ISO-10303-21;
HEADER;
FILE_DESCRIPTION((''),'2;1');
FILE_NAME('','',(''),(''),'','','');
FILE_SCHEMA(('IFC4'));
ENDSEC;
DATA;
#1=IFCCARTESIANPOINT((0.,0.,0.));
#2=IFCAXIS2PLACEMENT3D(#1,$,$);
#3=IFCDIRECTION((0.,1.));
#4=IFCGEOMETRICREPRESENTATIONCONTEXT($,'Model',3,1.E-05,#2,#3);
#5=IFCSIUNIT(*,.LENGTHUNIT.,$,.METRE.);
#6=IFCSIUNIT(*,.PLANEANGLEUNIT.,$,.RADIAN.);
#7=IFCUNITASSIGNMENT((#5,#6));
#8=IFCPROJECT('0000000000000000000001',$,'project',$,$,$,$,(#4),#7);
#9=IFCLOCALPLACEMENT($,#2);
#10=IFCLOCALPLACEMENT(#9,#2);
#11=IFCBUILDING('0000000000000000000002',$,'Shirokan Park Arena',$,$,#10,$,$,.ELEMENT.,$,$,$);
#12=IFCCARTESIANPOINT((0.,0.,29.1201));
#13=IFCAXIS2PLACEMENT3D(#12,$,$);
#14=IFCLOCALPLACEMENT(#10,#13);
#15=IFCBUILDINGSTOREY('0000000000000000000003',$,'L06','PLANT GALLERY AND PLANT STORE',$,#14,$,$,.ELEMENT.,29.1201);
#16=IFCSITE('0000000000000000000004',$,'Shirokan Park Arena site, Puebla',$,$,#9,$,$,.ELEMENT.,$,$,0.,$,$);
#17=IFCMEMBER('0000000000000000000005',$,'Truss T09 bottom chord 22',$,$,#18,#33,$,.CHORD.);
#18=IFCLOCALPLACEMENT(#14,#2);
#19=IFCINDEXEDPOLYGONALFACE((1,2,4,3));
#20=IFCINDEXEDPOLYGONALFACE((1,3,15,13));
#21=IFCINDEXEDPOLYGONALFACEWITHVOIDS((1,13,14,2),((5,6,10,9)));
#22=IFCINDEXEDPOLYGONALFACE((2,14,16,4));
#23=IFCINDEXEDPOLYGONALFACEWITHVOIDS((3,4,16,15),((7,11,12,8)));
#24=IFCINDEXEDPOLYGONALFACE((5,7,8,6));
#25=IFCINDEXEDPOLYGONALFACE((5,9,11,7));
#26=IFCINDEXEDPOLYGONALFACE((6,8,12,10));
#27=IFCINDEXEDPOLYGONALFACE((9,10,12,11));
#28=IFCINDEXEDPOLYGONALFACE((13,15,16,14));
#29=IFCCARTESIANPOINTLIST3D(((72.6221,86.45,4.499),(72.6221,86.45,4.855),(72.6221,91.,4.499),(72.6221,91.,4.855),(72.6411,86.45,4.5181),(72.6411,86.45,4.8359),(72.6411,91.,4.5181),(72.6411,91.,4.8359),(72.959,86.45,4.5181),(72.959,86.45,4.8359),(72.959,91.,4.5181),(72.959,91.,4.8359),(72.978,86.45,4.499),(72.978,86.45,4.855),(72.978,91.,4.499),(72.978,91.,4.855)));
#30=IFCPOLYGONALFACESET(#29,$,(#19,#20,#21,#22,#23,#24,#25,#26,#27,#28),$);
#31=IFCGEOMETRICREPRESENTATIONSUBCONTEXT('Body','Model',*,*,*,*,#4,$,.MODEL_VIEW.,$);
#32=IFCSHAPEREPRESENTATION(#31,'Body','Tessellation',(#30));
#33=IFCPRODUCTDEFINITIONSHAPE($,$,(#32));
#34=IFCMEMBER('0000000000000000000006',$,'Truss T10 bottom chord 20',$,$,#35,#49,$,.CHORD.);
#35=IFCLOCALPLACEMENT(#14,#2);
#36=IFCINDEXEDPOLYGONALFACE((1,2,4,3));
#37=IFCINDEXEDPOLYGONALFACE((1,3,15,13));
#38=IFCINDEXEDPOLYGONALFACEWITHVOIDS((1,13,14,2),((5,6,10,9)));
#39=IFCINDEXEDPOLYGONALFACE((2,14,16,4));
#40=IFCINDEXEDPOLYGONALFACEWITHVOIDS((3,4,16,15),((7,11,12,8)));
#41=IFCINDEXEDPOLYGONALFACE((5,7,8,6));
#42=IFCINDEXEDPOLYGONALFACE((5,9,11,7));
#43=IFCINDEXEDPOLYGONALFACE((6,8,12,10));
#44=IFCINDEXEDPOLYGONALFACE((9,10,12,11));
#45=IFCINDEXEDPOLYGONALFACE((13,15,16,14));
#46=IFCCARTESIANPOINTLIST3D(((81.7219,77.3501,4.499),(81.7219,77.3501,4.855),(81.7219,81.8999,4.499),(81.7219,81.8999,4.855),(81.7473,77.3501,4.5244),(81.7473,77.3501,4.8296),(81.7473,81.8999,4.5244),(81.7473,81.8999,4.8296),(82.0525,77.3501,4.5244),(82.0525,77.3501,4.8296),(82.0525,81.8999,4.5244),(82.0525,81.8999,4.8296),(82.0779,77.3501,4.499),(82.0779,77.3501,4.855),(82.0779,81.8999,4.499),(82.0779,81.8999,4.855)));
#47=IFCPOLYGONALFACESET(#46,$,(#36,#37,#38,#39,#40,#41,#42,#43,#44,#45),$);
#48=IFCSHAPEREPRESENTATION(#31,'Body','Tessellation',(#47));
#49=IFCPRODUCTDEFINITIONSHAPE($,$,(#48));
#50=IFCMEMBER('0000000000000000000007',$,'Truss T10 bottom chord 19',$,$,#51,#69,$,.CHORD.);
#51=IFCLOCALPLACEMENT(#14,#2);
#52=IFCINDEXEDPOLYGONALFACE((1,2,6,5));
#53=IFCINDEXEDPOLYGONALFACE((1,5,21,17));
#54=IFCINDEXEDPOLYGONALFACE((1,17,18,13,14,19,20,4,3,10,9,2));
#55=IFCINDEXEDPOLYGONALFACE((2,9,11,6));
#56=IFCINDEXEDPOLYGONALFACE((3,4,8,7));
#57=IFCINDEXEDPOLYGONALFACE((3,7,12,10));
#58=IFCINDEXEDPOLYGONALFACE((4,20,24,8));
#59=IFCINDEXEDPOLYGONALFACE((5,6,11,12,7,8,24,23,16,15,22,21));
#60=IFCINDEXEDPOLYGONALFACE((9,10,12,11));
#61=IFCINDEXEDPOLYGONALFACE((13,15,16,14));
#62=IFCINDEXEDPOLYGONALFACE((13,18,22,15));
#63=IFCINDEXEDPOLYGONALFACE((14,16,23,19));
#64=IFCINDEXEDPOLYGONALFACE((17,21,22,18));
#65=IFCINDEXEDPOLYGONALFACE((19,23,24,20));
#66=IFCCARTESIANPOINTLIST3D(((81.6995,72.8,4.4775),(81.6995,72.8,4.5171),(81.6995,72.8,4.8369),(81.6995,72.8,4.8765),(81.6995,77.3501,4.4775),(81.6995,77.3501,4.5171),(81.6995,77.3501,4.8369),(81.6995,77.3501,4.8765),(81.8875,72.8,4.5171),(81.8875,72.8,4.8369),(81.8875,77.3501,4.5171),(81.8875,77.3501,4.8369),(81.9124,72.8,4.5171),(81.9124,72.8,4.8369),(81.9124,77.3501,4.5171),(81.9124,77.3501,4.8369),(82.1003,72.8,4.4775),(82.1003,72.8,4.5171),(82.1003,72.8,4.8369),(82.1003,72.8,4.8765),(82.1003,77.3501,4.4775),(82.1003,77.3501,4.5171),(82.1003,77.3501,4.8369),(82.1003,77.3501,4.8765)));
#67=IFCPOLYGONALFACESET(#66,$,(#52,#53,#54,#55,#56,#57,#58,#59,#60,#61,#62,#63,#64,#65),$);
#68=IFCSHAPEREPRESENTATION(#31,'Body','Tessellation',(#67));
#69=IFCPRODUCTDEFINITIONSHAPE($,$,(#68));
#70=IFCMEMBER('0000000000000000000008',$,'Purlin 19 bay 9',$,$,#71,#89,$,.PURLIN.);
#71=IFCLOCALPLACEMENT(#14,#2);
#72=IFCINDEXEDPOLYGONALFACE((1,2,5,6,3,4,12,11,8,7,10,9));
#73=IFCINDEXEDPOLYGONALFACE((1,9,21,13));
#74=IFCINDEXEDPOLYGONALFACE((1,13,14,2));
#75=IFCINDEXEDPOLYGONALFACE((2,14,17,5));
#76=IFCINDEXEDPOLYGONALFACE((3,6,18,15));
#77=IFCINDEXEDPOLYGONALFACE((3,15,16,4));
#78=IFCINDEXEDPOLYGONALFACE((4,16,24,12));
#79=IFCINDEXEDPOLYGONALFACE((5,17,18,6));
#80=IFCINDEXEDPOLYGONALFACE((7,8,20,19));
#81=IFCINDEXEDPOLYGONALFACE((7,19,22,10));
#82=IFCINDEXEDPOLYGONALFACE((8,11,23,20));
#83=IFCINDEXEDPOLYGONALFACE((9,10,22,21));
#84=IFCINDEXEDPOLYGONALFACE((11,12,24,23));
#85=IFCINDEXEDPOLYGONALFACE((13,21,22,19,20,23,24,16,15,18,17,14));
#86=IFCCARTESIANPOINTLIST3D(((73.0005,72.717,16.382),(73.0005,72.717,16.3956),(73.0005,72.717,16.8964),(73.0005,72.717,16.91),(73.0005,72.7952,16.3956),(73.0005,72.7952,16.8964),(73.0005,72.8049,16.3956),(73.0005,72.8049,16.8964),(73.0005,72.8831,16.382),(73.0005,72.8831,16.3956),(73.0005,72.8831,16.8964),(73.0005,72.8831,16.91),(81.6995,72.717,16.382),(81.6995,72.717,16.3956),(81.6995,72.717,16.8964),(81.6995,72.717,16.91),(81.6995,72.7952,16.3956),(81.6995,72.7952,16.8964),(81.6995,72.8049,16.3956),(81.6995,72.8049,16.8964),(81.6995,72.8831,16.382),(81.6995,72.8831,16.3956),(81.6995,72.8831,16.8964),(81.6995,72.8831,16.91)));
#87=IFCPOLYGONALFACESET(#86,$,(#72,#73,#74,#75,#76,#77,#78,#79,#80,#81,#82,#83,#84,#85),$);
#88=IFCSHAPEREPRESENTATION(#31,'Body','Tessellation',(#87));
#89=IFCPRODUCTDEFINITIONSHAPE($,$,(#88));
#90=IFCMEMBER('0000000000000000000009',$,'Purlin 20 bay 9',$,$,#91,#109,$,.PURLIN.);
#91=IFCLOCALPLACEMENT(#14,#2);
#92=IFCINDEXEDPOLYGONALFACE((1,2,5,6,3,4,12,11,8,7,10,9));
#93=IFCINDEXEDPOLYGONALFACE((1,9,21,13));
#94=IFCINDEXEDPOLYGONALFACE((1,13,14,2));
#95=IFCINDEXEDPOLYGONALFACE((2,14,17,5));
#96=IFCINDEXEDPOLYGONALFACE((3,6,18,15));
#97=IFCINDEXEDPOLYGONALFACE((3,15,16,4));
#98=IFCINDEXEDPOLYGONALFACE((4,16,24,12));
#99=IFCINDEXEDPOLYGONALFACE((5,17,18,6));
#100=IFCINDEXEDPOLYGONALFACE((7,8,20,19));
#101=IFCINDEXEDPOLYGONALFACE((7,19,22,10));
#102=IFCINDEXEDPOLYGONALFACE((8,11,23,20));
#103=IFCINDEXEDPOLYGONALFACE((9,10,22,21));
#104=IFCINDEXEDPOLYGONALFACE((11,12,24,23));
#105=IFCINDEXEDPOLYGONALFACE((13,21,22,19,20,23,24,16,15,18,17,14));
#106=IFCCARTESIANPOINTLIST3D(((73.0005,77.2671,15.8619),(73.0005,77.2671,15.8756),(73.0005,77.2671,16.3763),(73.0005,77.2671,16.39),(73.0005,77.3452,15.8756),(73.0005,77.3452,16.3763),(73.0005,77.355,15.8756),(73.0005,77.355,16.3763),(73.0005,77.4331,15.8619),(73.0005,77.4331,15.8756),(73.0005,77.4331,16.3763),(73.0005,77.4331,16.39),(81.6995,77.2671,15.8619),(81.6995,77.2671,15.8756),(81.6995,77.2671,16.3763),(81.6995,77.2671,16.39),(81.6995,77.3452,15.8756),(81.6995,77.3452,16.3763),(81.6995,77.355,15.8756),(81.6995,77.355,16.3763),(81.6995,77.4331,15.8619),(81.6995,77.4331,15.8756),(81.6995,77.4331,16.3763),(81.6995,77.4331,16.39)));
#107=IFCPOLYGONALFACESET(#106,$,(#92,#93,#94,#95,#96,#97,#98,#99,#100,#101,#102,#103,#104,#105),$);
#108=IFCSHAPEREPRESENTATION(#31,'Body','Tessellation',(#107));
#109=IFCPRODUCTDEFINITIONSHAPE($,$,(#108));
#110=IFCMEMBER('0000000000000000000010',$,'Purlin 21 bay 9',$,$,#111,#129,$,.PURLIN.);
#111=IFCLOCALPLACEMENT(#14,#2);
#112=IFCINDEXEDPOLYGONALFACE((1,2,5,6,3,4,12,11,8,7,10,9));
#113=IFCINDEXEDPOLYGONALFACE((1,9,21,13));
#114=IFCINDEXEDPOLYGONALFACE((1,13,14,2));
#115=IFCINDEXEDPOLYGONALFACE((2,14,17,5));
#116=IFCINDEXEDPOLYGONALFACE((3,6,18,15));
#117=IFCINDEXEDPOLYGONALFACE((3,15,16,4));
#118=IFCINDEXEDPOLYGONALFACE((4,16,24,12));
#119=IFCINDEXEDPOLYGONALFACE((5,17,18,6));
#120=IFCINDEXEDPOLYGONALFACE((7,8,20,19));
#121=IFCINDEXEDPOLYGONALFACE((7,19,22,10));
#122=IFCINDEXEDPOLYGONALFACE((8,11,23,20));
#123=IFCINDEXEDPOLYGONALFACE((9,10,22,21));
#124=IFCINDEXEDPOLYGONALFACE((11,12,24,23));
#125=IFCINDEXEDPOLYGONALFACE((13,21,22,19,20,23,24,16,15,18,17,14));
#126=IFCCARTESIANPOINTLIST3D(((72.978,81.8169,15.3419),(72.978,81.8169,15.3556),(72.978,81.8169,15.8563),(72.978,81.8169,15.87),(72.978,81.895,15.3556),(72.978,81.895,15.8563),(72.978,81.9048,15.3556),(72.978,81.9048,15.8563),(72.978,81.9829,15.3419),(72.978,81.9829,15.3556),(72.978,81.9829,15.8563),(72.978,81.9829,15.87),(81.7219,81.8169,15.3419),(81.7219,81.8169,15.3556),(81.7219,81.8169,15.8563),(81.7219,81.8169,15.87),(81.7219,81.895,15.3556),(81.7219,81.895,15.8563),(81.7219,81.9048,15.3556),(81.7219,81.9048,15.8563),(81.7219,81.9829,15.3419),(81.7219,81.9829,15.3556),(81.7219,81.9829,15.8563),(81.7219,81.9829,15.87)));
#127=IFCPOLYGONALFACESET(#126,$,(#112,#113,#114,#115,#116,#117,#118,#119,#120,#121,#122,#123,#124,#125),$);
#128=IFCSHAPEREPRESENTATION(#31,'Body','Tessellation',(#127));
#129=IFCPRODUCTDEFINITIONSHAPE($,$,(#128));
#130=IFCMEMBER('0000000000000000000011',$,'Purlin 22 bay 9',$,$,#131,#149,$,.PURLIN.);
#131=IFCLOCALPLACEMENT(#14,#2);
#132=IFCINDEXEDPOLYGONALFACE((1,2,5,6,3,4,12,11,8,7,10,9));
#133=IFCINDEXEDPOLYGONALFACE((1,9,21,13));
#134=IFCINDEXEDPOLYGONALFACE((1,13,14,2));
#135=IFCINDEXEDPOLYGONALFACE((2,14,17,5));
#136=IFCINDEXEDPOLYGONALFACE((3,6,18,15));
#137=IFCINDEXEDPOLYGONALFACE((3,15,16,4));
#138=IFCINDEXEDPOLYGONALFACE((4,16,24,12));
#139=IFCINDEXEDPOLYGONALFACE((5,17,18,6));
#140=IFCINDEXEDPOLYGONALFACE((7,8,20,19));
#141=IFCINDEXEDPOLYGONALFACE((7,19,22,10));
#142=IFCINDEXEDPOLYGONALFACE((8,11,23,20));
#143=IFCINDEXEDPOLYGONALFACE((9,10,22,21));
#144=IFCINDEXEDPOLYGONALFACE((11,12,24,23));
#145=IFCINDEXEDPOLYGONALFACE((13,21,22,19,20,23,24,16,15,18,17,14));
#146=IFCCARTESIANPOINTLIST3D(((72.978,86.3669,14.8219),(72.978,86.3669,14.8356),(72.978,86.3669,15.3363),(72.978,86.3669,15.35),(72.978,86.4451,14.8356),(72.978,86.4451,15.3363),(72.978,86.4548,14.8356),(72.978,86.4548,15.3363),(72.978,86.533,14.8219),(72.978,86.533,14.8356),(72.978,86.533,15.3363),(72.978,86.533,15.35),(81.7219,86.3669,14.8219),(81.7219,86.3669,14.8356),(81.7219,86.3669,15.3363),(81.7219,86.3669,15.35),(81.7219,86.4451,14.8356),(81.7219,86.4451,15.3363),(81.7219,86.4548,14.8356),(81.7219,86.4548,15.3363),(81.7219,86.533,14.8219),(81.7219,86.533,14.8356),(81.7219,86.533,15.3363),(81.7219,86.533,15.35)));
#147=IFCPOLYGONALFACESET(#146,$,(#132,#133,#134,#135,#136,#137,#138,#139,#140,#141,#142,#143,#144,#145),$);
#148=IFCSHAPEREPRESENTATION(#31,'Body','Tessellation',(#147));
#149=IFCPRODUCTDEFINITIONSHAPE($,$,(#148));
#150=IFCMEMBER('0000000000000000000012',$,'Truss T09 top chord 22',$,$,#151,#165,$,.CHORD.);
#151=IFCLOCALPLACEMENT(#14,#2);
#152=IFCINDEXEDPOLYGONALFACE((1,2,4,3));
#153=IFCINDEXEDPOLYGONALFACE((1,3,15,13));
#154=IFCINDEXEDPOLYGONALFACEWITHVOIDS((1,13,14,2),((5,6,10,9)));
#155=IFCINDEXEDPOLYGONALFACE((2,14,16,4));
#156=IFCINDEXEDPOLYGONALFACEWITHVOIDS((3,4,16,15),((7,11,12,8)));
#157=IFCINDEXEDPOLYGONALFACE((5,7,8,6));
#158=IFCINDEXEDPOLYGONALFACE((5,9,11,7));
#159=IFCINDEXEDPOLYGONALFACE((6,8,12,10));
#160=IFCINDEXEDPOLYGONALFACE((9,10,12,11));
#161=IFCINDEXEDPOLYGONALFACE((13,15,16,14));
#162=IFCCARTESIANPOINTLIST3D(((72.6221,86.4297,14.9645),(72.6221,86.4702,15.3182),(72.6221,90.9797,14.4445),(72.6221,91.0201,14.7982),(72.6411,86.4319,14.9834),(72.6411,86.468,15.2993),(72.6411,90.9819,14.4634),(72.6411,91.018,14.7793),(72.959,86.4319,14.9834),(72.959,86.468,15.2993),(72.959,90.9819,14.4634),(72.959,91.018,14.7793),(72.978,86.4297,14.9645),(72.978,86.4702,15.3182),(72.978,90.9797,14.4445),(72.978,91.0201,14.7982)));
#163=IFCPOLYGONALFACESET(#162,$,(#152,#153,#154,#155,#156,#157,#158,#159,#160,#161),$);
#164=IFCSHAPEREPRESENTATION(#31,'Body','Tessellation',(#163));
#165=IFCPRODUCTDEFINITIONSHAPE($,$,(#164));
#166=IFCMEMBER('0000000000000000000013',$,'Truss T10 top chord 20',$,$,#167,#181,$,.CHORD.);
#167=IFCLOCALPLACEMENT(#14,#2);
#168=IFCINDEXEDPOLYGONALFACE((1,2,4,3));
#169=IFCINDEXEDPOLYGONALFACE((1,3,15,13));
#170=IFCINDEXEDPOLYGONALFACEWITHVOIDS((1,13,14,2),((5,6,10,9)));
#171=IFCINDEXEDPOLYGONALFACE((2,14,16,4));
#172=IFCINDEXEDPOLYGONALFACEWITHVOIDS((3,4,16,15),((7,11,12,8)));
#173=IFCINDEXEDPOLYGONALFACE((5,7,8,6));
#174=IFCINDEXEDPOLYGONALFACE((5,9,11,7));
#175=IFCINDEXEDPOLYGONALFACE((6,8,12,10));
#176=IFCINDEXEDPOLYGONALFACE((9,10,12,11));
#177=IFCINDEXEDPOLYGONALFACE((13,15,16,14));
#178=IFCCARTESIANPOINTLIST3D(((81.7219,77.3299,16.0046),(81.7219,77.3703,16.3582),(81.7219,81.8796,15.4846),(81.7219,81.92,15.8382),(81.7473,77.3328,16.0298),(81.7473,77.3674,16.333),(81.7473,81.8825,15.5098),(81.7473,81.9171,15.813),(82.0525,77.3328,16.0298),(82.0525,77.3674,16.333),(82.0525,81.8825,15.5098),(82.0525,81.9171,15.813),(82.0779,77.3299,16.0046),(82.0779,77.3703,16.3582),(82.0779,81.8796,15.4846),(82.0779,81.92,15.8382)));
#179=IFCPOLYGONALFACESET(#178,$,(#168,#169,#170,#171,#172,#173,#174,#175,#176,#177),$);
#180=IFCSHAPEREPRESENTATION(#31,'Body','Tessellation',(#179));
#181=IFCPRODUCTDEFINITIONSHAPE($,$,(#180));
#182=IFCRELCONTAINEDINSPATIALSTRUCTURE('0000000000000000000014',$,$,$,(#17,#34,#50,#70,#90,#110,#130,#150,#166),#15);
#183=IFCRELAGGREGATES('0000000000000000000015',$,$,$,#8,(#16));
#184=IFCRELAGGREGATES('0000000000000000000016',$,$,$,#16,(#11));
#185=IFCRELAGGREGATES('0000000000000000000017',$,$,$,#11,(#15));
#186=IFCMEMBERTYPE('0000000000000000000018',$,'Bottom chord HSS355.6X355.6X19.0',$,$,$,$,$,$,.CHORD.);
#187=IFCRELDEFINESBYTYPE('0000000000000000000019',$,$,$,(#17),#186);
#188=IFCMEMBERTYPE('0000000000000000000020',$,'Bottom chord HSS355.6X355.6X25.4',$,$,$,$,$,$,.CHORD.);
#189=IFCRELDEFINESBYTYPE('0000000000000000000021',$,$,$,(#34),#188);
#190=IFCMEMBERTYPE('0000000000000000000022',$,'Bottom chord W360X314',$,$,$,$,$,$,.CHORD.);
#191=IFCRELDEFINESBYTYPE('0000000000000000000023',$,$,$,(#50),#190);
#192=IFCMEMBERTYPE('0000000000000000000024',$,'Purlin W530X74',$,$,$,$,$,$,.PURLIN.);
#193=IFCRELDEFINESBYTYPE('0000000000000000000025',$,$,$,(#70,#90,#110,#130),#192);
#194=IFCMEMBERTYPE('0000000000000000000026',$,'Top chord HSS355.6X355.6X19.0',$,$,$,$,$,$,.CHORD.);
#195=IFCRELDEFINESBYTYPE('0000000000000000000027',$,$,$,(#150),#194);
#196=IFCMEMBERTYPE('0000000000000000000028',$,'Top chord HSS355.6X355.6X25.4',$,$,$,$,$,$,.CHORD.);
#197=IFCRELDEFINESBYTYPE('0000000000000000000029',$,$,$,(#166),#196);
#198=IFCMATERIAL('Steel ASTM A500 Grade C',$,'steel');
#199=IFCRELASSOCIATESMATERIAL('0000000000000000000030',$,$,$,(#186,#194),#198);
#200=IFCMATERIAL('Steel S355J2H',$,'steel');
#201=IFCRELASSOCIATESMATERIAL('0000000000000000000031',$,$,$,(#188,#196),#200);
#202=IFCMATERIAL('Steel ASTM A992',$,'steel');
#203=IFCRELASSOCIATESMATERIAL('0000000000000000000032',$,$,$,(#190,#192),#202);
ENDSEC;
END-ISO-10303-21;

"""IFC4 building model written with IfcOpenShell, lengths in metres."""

from ifc_helpers import new_model, si_unit, direction, frame, origin, origin_2d, place, context, subcontext, project, spatial, hollow_rectangle, i_section, extrude, material, material_profile, profile_set, type_object, element, save


model = new_model("IFC4")

# Units and contexts
model_context = context("Model", 3, precision=1e-05, world=origin(), true_north=direction((0.0, 1.0)))
body_context = subcontext(model_context, "Body", "Model", "MODEL_VIEW")
ifc_project = project(units=[si_unit("LENGTHUNIT", "METRE"), si_unit("PLANEANGLEUNIT", "RADIAN")], contexts=[model_context])

# Site, building, storey
site_placement = place(None, origin())
site = spatial("IfcSite", under=ifc_project, at=site_placement, Name="Shirokan Park Arena site, Puebla", CompositionType="ELEMENT", RefElevation=0.0)
building_placement = place(site_placement, origin())
building = spatial("IfcBuilding", under=site, at=building_placement, Name="Shirokan Park Arena", CompositionType="ELEMENT")
storey_placement = place(building_placement, frame((0.0, 0.0, 29.1201)))
storey = spatial("IfcBuildingStorey", under=building, at=storey_placement, Name="L06", Description="PLANT GALLERY AND PLANT STORE", CompositionType="ELEMENT", Elevation=29.1201)

# Members
ifc_material_1 = material(Name="Steel ASTM A500 Grade C", Category="steel")
ifc_material_profile_1 = material_profile(ifc_material_1, hollow_rectangle(XDim=0.356, YDim=0.356, WallThickness=0.019, at=origin_2d()), Name="HSS355.6X355.6X19.0")
ifc_profile_set_1 = profile_set([ifc_material_profile_1], Name="Steel ASTM A500 Grade C")
member_type_1 = type_object("IfcMemberType", Name="Bottom chord HSS355.6X355.6X19.0", PredefinedType="CHORD", material=ifc_profile_set_1)
member_1_placement = place(storey_placement, frame((72.8, 86.45, 4.677), z_axis=(0.0, 1.0, 0.0), x_axis=(-1.0, 0.0, 0.0)))
element("IfcMember", 1, at=member_1_placement, inside=storey, type_object=member_type_1, Name="Truss T09 bottom chord 22", PredefinedType="CHORD", context=body_context, shape_type="SweptSolid", body=[
    extrude(hollow_rectangle(XDim=0.356, YDim=0.356, WallThickness=0.019, at=origin_2d()), origin(), (0.0, 0.0, 1.0), 4.55),
])
ifc_material_2 = material(Name="Steel S355J2H", Category="steel")
ifc_material_profile_2 = material_profile(ifc_material_2, hollow_rectangle(XDim=0.356, YDim=0.356, WallThickness=0.0254, at=origin_2d()), Name="HSS355.6X355.6X25.4")
ifc_profile_set_2 = profile_set([ifc_material_profile_2], Name="Steel S355J2H")
member_type_2 = type_object("IfcMemberType", Name="Bottom chord HSS355.6X355.6X25.4", PredefinedType="CHORD", material=ifc_profile_set_2)
member_2_placement = place(storey_placement, frame((81.8999, 77.3501, 4.677), z_axis=(0.0, 1.0, 0.0), x_axis=(-1.0, 0.0, 0.0)))
element("IfcMember", 2, at=member_2_placement, inside=storey, type_object=member_type_2, Name="Truss T10 bottom chord 20", PredefinedType="CHORD", context=body_context, shape_type="SweptSolid", body=[
    extrude(hollow_rectangle(XDim=0.356, YDim=0.356, WallThickness=0.0254, at=origin_2d()), origin(), (0.0, 0.0, 1.0), 4.5498),
])
ifc_material_3 = material(Name="Steel ASTM A992", Category="steel")
ifc_material_profile_3 = material_profile(ifc_material_3, i_section(OverallWidth=0.4009, OverallDepth=0.3989, WebThickness=0.0249, FlangeThickness=0.0396, at=origin_2d()), Name="W360X314")
ifc_profile_set_3 = profile_set([ifc_material_profile_3], Name="Steel ASTM A992")
member_type_3 = type_object("IfcMemberType", Name="Bottom chord W360X314", PredefinedType="CHORD", material=ifc_profile_set_3)
member_3_placement = place(storey_placement, frame((81.8999, 72.8, 4.677), z_axis=(0.0, 1.0, 0.0), x_axis=(-1.0, 0.0, 0.0)))
element("IfcMember", 3, at=member_3_placement, inside=storey, type_object=member_type_3, Name="Truss T10 bottom chord 19", PredefinedType="CHORD", context=body_context, shape_type="SweptSolid", body=[
    extrude(i_section(OverallWidth=0.4009, OverallDepth=0.3989, WebThickness=0.0249, FlangeThickness=0.0396, at=origin_2d()), origin(), (0.0, 0.0, 1.0), 4.55),
])
ifc_material_profile_4 = material_profile(ifc_material_3, i_section(OverallWidth=0.166, OverallDepth=0.5281, WebThickness=0.0098, FlangeThickness=0.0137, at=origin_2d()), Name="W530X74")
ifc_profile_set_4 = profile_set([ifc_material_profile_4], Name="Steel ASTM A992")
member_type_4 = type_object("IfcMemberType", Name="Purlin W530X74", PredefinedType="PURLIN", material=ifc_profile_set_4)
for number, where, z_axis, x_axis, name in (
    (4, (73.0005, 72.8, 16.646), (1.0, 0.0, 0.0), (0.0, 1.0, 0.0), "Purlin 19 bay 9"),
    (5, (73.0005, 77.3501, 16.126), (1.0, 0.0, 0.0), (0.0, 1.0, 0.0), "Purlin 20 bay 9"),
):
    element("IfcMember", number, at=place(storey_placement, frame(where, z_axis=z_axis, x_axis=x_axis)), inside=storey, type_object=member_type_4, Name=name, PredefinedType="PURLIN", context=body_context, shape_type="SweptSolid", body=[
        extrude(i_section(OverallWidth=0.166, OverallDepth=0.5281, WebThickness=0.0098, FlangeThickness=0.0137, at=origin_2d()), origin(), (0.0, 0.0, 1.0), 8.699),
    ])
for number, where, z_axis, x_axis, name in (
    (6, (72.978, 81.8999, 15.606), (1.0, 0.0, 0.0), (0.0, 1.0, 0.0), "Purlin 21 bay 9"),
    (7, (72.978, 86.45, 15.0859), (1.0, 0.0, 0.0), (0.0, 1.0, 0.0), "Purlin 22 bay 9"),
):
    element("IfcMember", number, at=place(storey_placement, frame(where, z_axis=z_axis, x_axis=x_axis)), inside=storey, type_object=member_type_4, Name=name, PredefinedType="PURLIN", context=body_context, shape_type="SweptSolid", body=[
        extrude(i_section(OverallWidth=0.166, OverallDepth=0.5281, WebThickness=0.0098, FlangeThickness=0.0137, at=origin_2d()), origin(), (0.0, 0.0, 1.0), 8.7439),
    ])
ifc_material_profile_5 = material_profile(ifc_material_1, hollow_rectangle(XDim=0.356, YDim=0.356, WallThickness=0.019, at=origin_2d()), Name="HSS355.6X355.6X19.0")
ifc_profile_set_5 = profile_set([ifc_material_profile_5], Name="Steel ASTM A500 Grade C")
member_type_5 = type_object("IfcMemberType", Name="Top chord HSS355.6X355.6X19.0", PredefinedType="CHORD", material=ifc_profile_set_5)
member_4_placement = place(storey_placement, frame((72.8, 86.45, 15.1414), z_axis=(0.0, 0.993532, -0.11355), x_axis=(-1.0, 0.0, 0.0)))
element("IfcMember", 8, at=member_4_placement, inside=storey, type_object=member_type_5, Name="Truss T09 top chord 22", PredefinedType="CHORD", context=body_context, shape_type="SweptSolid", body=[
    extrude(hollow_rectangle(XDim=0.356, YDim=0.356, WallThickness=0.019, at=origin_2d()), origin(), (0.0, 0.0, 1.0), 4.5796),
])
ifc_material_profile_6 = material_profile(ifc_material_2, hollow_rectangle(XDim=0.356, YDim=0.356, WallThickness=0.0254, at=origin_2d()), Name="HSS355.6X355.6X25.4")
ifc_profile_set_6 = profile_set([ifc_material_profile_6], Name="Steel S355J2H")
member_type_6 = type_object("IfcMemberType", Name="Top chord HSS355.6X355.6X25.4", PredefinedType="CHORD", material=ifc_profile_set_6)
member_5_placement = place(storey_placement, frame((81.8999, 77.3501, 16.1814), z_axis=(0.0, 0.993532, -0.113556), x_axis=(-1.0, 0.0, 0.0)))
element("IfcMember", 9, at=member_5_placement, inside=storey, type_object=member_type_6, Name="Truss T10 top chord 20", PredefinedType="CHORD", context=body_context, shape_type="SweptSolid", body=[
    extrude(hollow_rectangle(XDim=0.356, YDim=0.356, WallThickness=0.0254, at=origin_2d()), origin(), (0.0, 0.0, 1.0), 4.5793),
])

save(model, "model.ifc")
